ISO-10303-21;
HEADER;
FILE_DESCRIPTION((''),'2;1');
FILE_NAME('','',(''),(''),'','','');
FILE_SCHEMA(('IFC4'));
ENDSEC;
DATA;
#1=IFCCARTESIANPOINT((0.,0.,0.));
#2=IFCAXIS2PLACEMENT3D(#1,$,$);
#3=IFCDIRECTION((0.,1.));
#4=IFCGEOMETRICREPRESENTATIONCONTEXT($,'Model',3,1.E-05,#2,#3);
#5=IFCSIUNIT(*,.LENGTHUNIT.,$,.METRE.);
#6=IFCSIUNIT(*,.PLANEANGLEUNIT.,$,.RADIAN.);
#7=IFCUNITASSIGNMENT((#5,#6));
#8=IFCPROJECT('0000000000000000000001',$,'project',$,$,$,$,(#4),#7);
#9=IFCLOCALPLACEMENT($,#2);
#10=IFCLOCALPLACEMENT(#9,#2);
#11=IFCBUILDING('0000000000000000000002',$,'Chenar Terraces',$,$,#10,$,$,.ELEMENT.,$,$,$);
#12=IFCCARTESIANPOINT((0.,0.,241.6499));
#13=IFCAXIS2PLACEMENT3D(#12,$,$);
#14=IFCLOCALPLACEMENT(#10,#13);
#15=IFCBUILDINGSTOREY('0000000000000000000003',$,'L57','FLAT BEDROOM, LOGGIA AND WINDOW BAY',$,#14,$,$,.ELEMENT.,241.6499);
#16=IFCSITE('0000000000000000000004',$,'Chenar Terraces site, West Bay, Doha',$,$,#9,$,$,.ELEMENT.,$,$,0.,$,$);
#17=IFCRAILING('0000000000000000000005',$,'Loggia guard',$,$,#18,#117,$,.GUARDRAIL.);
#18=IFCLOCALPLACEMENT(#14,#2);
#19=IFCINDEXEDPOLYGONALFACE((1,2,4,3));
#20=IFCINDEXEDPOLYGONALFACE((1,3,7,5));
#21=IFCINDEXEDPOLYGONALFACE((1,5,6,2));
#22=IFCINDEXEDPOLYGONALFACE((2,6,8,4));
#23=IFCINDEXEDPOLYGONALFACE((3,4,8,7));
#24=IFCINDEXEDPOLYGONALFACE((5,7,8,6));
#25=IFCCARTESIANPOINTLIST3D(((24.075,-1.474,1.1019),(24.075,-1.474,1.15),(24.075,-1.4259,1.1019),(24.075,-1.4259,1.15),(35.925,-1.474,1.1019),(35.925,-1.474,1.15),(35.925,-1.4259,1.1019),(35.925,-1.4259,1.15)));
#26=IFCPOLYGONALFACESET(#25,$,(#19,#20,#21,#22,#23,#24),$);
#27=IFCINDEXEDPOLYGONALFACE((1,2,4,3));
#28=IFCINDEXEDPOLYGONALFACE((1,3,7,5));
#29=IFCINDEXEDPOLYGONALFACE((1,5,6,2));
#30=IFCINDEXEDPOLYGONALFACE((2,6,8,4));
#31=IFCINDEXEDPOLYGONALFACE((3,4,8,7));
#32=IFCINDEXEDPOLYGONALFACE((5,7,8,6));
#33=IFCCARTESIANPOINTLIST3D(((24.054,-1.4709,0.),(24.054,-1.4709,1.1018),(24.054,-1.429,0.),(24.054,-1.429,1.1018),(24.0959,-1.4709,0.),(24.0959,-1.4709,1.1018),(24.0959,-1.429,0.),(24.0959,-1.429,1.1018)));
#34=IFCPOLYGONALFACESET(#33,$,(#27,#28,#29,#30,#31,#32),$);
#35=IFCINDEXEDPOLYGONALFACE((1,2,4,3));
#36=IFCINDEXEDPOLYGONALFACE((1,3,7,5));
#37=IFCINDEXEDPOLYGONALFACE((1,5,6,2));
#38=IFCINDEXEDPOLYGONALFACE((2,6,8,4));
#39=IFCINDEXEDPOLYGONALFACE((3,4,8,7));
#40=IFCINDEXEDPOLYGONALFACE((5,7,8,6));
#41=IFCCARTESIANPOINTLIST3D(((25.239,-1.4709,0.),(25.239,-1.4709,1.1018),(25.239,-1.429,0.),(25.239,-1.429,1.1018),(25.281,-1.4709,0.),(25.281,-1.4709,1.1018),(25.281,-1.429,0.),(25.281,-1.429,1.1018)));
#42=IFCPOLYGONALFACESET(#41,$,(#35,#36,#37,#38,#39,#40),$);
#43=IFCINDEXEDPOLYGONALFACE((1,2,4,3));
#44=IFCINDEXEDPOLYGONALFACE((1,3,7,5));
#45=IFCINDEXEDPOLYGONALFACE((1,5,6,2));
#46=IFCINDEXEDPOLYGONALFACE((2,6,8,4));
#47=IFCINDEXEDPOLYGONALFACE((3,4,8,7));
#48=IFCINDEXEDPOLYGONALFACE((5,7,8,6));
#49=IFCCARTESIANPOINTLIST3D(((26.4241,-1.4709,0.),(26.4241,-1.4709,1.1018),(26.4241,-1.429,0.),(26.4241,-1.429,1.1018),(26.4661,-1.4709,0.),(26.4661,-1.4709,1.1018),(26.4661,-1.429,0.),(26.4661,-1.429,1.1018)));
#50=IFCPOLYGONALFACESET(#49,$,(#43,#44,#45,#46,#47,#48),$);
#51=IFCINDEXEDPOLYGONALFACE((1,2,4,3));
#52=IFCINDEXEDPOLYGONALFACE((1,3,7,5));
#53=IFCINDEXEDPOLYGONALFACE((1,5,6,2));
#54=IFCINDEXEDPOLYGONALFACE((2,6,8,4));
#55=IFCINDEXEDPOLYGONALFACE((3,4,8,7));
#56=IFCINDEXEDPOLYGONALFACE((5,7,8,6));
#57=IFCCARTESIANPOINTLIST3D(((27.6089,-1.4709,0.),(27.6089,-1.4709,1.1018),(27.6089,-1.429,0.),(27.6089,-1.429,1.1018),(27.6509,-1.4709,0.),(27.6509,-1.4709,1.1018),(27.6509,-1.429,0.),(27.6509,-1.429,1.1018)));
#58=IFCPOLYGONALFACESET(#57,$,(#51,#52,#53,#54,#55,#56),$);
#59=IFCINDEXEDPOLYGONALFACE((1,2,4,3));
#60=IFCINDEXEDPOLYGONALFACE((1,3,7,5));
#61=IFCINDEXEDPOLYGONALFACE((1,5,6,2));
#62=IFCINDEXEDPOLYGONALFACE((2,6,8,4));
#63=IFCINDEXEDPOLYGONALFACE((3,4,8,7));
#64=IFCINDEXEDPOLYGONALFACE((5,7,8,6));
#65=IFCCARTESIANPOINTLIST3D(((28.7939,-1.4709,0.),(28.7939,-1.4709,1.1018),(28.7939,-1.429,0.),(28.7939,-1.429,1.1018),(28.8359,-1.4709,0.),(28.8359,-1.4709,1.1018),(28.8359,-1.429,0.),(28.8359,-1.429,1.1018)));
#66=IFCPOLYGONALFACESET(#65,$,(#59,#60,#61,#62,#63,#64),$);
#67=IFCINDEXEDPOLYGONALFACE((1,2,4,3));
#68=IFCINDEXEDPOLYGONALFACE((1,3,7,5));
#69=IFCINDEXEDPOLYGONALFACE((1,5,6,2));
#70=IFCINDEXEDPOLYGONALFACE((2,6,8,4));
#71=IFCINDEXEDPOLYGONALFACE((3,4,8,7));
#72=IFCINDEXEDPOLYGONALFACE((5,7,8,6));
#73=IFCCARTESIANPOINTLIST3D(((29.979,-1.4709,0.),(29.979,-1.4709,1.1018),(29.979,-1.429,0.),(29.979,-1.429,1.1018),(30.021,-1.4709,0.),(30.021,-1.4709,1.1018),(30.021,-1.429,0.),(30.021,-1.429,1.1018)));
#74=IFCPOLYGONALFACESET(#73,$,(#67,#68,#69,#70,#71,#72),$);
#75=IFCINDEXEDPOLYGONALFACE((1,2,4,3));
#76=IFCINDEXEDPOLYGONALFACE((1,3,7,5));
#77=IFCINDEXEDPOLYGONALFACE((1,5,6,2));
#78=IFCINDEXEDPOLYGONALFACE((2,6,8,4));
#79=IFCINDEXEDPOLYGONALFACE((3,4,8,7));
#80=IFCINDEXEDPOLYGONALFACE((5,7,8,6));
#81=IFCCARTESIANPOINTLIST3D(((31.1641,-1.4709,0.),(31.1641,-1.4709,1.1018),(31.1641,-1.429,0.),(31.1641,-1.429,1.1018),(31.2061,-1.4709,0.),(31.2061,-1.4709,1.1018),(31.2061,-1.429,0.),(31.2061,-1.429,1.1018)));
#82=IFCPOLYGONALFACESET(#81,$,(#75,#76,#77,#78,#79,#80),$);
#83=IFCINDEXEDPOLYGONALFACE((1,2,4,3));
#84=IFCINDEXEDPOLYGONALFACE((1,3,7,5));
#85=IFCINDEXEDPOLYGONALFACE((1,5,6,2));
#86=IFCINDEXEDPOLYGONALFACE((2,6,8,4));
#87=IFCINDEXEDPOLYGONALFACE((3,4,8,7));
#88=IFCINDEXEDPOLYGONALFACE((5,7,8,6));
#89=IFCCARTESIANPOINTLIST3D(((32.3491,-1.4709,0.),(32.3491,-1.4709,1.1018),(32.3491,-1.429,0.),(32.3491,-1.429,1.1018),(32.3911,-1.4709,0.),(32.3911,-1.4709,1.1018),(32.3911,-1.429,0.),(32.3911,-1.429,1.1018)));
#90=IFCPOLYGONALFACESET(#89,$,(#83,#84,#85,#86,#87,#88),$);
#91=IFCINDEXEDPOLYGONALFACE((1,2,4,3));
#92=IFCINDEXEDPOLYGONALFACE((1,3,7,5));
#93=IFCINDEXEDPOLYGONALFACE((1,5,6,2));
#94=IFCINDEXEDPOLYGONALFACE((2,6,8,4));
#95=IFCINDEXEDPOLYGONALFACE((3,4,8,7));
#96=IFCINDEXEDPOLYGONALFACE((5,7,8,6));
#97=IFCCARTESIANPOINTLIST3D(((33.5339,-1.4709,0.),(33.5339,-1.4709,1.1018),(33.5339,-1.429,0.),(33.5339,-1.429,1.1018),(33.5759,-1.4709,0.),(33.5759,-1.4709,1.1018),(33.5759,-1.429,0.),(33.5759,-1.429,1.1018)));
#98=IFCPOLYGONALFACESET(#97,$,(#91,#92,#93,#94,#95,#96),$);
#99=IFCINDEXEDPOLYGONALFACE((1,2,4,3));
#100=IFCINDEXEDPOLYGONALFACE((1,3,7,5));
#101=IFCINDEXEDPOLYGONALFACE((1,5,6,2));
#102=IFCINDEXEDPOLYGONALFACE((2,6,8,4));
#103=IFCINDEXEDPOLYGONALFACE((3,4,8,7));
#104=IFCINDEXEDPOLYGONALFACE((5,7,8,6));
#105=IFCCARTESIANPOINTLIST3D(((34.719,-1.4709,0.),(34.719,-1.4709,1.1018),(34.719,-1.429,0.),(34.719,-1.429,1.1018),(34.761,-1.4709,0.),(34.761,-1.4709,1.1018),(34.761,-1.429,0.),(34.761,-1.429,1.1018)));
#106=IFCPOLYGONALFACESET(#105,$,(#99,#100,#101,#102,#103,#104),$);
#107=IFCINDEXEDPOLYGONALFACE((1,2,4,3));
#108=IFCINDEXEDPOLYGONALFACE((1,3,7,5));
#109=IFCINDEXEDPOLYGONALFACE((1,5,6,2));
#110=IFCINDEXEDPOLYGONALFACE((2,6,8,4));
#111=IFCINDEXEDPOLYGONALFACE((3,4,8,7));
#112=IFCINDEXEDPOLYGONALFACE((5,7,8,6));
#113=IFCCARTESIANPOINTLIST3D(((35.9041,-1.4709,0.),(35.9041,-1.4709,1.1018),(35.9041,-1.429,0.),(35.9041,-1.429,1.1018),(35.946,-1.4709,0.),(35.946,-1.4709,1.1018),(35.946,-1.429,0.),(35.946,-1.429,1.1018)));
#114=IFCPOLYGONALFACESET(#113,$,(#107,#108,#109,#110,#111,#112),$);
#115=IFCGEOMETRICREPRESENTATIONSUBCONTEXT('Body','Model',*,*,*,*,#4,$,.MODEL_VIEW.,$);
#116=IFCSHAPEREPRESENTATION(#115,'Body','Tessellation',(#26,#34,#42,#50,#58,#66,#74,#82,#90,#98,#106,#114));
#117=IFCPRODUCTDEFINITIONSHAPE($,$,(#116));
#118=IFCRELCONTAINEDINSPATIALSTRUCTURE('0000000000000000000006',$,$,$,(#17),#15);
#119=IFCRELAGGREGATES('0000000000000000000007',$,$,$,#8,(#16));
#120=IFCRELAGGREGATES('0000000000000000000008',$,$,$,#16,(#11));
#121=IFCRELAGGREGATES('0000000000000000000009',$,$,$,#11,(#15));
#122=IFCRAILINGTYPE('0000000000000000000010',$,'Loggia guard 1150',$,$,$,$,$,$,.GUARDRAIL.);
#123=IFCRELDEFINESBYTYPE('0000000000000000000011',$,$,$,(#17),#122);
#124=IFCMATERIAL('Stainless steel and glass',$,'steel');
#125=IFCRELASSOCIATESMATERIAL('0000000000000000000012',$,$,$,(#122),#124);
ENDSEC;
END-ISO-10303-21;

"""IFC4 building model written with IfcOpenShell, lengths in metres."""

from ifc_helpers import new_model, si_unit, direction, frame, origin, origin_2d, place, context, subcontext, project, spatial, rectangle, extrude, material, type_object, element, save


model = new_model("IFC4")

# Units and contexts
model_context = context("Model", 3, precision=1e-05, world=origin(), true_north=direction((0.0, 1.0)))
body_context = subcontext(model_context, "Body", "Model", "MODEL_VIEW")
ifc_project = project(units=[si_unit("LENGTHUNIT", "METRE"), si_unit("PLANEANGLEUNIT", "RADIAN")], contexts=[model_context])

# Site, building, storey
site_placement = place(None, origin())
site = spatial("IfcSite", under=ifc_project, at=site_placement, Name="Chenar Terraces site, West Bay, Doha", CompositionType="ELEMENT", RefElevation=0.0)
building_placement = place(site_placement, origin())
building = spatial("IfcBuilding", under=site, at=building_placement, Name="Chenar Terraces", CompositionType="ELEMENT")
storey_placement = place(building_placement, frame((0.0, 0.0, 241.6499)))
storey = spatial("IfcBuildingStorey", under=building, at=storey_placement, Name="L57", Description="FLAT BEDROOM, LOGGIA AND WINDOW BAY", CompositionType="ELEMENT", Elevation=241.6499)

# Railing
ifc_material_1 = material(Name="Stainless steel and glass", Category="steel")
railing_type = type_object("IfcRailingType", Name="Loggia guard 1150", PredefinedType="GUARDRAIL", material=ifc_material_1)
railing_placement = place(storey_placement, frame((24.075, -1.45, 0.0)))
element("IfcRailing", 1, at=railing_placement, inside=storey, type_object=railing_type, Name="Loggia guard", PredefinedType="GUARDRAIL", context=body_context, shape_type="SweptSolid", body=[
    extrude(rectangle(XDim=0.0481, YDim=0.0481, at=origin_2d()), frame((0.0, 0.0, 1.126), z_axis=(1.0, 0.0, 0.0), x_axis=(0.0, 1.0, 0.0)), (0.0, 0.0, 1.0), 11.8501),
    extrude(rectangle(XDim=0.042, YDim=0.042, at=origin_2d()), origin(), (0.0, 0.0, 1.0), 1.1018),
    extrude(rectangle(XDim=0.042, YDim=0.042, at=origin_2d()), frame((1.1851, 0.0, 0.0)), (0.0, 0.0, 1.0), 1.1018),
    extrude(rectangle(XDim=0.042, YDim=0.042, at=origin_2d()), frame((2.3701, 0.0, 0.0)), (0.0, 0.0, 1.0), 1.1018),
    extrude(rectangle(XDim=0.042, YDim=0.042, at=origin_2d()), frame((3.5549, 0.0, 0.0)), (0.0, 0.0, 1.0), 1.1018),
    extrude(rectangle(XDim=0.042, YDim=0.042, at=origin_2d()), frame((4.74, 0.0, 0.0)), (0.0, 0.0, 1.0), 1.1018),
    extrude(rectangle(XDim=0.042, YDim=0.042, at=origin_2d()), frame((5.925, 0.0, 0.0)), (0.0, 0.0, 1.0), 1.1018),
    extrude(rectangle(XDim=0.042, YDim=0.042, at=origin_2d()), frame((7.1101, 0.0, 0.0)), (0.0, 0.0, 1.0), 1.1018),
    extrude(rectangle(XDim=0.042, YDim=0.042, at=origin_2d()), frame((8.2952, 0.0, 0.0)), (0.0, 0.0, 1.0), 1.1018),
    extrude(rectangle(XDim=0.042, YDim=0.042, at=origin_2d()), frame((9.48, 0.0, 0.0)), (0.0, 0.0, 1.0), 1.1018),
    extrude(rectangle(XDim=0.042, YDim=0.042, at=origin_2d()), frame((10.665, 0.0, 0.0)), (0.0, 0.0, 1.0), 1.1018),
    extrude(rectangle(XDim=0.042, YDim=0.042, at=origin_2d()), frame((11.8501, 0.0, 0.0)), (0.0, 0.0, 1.0), 1.1018),
])

save(model, "model.ifc")
